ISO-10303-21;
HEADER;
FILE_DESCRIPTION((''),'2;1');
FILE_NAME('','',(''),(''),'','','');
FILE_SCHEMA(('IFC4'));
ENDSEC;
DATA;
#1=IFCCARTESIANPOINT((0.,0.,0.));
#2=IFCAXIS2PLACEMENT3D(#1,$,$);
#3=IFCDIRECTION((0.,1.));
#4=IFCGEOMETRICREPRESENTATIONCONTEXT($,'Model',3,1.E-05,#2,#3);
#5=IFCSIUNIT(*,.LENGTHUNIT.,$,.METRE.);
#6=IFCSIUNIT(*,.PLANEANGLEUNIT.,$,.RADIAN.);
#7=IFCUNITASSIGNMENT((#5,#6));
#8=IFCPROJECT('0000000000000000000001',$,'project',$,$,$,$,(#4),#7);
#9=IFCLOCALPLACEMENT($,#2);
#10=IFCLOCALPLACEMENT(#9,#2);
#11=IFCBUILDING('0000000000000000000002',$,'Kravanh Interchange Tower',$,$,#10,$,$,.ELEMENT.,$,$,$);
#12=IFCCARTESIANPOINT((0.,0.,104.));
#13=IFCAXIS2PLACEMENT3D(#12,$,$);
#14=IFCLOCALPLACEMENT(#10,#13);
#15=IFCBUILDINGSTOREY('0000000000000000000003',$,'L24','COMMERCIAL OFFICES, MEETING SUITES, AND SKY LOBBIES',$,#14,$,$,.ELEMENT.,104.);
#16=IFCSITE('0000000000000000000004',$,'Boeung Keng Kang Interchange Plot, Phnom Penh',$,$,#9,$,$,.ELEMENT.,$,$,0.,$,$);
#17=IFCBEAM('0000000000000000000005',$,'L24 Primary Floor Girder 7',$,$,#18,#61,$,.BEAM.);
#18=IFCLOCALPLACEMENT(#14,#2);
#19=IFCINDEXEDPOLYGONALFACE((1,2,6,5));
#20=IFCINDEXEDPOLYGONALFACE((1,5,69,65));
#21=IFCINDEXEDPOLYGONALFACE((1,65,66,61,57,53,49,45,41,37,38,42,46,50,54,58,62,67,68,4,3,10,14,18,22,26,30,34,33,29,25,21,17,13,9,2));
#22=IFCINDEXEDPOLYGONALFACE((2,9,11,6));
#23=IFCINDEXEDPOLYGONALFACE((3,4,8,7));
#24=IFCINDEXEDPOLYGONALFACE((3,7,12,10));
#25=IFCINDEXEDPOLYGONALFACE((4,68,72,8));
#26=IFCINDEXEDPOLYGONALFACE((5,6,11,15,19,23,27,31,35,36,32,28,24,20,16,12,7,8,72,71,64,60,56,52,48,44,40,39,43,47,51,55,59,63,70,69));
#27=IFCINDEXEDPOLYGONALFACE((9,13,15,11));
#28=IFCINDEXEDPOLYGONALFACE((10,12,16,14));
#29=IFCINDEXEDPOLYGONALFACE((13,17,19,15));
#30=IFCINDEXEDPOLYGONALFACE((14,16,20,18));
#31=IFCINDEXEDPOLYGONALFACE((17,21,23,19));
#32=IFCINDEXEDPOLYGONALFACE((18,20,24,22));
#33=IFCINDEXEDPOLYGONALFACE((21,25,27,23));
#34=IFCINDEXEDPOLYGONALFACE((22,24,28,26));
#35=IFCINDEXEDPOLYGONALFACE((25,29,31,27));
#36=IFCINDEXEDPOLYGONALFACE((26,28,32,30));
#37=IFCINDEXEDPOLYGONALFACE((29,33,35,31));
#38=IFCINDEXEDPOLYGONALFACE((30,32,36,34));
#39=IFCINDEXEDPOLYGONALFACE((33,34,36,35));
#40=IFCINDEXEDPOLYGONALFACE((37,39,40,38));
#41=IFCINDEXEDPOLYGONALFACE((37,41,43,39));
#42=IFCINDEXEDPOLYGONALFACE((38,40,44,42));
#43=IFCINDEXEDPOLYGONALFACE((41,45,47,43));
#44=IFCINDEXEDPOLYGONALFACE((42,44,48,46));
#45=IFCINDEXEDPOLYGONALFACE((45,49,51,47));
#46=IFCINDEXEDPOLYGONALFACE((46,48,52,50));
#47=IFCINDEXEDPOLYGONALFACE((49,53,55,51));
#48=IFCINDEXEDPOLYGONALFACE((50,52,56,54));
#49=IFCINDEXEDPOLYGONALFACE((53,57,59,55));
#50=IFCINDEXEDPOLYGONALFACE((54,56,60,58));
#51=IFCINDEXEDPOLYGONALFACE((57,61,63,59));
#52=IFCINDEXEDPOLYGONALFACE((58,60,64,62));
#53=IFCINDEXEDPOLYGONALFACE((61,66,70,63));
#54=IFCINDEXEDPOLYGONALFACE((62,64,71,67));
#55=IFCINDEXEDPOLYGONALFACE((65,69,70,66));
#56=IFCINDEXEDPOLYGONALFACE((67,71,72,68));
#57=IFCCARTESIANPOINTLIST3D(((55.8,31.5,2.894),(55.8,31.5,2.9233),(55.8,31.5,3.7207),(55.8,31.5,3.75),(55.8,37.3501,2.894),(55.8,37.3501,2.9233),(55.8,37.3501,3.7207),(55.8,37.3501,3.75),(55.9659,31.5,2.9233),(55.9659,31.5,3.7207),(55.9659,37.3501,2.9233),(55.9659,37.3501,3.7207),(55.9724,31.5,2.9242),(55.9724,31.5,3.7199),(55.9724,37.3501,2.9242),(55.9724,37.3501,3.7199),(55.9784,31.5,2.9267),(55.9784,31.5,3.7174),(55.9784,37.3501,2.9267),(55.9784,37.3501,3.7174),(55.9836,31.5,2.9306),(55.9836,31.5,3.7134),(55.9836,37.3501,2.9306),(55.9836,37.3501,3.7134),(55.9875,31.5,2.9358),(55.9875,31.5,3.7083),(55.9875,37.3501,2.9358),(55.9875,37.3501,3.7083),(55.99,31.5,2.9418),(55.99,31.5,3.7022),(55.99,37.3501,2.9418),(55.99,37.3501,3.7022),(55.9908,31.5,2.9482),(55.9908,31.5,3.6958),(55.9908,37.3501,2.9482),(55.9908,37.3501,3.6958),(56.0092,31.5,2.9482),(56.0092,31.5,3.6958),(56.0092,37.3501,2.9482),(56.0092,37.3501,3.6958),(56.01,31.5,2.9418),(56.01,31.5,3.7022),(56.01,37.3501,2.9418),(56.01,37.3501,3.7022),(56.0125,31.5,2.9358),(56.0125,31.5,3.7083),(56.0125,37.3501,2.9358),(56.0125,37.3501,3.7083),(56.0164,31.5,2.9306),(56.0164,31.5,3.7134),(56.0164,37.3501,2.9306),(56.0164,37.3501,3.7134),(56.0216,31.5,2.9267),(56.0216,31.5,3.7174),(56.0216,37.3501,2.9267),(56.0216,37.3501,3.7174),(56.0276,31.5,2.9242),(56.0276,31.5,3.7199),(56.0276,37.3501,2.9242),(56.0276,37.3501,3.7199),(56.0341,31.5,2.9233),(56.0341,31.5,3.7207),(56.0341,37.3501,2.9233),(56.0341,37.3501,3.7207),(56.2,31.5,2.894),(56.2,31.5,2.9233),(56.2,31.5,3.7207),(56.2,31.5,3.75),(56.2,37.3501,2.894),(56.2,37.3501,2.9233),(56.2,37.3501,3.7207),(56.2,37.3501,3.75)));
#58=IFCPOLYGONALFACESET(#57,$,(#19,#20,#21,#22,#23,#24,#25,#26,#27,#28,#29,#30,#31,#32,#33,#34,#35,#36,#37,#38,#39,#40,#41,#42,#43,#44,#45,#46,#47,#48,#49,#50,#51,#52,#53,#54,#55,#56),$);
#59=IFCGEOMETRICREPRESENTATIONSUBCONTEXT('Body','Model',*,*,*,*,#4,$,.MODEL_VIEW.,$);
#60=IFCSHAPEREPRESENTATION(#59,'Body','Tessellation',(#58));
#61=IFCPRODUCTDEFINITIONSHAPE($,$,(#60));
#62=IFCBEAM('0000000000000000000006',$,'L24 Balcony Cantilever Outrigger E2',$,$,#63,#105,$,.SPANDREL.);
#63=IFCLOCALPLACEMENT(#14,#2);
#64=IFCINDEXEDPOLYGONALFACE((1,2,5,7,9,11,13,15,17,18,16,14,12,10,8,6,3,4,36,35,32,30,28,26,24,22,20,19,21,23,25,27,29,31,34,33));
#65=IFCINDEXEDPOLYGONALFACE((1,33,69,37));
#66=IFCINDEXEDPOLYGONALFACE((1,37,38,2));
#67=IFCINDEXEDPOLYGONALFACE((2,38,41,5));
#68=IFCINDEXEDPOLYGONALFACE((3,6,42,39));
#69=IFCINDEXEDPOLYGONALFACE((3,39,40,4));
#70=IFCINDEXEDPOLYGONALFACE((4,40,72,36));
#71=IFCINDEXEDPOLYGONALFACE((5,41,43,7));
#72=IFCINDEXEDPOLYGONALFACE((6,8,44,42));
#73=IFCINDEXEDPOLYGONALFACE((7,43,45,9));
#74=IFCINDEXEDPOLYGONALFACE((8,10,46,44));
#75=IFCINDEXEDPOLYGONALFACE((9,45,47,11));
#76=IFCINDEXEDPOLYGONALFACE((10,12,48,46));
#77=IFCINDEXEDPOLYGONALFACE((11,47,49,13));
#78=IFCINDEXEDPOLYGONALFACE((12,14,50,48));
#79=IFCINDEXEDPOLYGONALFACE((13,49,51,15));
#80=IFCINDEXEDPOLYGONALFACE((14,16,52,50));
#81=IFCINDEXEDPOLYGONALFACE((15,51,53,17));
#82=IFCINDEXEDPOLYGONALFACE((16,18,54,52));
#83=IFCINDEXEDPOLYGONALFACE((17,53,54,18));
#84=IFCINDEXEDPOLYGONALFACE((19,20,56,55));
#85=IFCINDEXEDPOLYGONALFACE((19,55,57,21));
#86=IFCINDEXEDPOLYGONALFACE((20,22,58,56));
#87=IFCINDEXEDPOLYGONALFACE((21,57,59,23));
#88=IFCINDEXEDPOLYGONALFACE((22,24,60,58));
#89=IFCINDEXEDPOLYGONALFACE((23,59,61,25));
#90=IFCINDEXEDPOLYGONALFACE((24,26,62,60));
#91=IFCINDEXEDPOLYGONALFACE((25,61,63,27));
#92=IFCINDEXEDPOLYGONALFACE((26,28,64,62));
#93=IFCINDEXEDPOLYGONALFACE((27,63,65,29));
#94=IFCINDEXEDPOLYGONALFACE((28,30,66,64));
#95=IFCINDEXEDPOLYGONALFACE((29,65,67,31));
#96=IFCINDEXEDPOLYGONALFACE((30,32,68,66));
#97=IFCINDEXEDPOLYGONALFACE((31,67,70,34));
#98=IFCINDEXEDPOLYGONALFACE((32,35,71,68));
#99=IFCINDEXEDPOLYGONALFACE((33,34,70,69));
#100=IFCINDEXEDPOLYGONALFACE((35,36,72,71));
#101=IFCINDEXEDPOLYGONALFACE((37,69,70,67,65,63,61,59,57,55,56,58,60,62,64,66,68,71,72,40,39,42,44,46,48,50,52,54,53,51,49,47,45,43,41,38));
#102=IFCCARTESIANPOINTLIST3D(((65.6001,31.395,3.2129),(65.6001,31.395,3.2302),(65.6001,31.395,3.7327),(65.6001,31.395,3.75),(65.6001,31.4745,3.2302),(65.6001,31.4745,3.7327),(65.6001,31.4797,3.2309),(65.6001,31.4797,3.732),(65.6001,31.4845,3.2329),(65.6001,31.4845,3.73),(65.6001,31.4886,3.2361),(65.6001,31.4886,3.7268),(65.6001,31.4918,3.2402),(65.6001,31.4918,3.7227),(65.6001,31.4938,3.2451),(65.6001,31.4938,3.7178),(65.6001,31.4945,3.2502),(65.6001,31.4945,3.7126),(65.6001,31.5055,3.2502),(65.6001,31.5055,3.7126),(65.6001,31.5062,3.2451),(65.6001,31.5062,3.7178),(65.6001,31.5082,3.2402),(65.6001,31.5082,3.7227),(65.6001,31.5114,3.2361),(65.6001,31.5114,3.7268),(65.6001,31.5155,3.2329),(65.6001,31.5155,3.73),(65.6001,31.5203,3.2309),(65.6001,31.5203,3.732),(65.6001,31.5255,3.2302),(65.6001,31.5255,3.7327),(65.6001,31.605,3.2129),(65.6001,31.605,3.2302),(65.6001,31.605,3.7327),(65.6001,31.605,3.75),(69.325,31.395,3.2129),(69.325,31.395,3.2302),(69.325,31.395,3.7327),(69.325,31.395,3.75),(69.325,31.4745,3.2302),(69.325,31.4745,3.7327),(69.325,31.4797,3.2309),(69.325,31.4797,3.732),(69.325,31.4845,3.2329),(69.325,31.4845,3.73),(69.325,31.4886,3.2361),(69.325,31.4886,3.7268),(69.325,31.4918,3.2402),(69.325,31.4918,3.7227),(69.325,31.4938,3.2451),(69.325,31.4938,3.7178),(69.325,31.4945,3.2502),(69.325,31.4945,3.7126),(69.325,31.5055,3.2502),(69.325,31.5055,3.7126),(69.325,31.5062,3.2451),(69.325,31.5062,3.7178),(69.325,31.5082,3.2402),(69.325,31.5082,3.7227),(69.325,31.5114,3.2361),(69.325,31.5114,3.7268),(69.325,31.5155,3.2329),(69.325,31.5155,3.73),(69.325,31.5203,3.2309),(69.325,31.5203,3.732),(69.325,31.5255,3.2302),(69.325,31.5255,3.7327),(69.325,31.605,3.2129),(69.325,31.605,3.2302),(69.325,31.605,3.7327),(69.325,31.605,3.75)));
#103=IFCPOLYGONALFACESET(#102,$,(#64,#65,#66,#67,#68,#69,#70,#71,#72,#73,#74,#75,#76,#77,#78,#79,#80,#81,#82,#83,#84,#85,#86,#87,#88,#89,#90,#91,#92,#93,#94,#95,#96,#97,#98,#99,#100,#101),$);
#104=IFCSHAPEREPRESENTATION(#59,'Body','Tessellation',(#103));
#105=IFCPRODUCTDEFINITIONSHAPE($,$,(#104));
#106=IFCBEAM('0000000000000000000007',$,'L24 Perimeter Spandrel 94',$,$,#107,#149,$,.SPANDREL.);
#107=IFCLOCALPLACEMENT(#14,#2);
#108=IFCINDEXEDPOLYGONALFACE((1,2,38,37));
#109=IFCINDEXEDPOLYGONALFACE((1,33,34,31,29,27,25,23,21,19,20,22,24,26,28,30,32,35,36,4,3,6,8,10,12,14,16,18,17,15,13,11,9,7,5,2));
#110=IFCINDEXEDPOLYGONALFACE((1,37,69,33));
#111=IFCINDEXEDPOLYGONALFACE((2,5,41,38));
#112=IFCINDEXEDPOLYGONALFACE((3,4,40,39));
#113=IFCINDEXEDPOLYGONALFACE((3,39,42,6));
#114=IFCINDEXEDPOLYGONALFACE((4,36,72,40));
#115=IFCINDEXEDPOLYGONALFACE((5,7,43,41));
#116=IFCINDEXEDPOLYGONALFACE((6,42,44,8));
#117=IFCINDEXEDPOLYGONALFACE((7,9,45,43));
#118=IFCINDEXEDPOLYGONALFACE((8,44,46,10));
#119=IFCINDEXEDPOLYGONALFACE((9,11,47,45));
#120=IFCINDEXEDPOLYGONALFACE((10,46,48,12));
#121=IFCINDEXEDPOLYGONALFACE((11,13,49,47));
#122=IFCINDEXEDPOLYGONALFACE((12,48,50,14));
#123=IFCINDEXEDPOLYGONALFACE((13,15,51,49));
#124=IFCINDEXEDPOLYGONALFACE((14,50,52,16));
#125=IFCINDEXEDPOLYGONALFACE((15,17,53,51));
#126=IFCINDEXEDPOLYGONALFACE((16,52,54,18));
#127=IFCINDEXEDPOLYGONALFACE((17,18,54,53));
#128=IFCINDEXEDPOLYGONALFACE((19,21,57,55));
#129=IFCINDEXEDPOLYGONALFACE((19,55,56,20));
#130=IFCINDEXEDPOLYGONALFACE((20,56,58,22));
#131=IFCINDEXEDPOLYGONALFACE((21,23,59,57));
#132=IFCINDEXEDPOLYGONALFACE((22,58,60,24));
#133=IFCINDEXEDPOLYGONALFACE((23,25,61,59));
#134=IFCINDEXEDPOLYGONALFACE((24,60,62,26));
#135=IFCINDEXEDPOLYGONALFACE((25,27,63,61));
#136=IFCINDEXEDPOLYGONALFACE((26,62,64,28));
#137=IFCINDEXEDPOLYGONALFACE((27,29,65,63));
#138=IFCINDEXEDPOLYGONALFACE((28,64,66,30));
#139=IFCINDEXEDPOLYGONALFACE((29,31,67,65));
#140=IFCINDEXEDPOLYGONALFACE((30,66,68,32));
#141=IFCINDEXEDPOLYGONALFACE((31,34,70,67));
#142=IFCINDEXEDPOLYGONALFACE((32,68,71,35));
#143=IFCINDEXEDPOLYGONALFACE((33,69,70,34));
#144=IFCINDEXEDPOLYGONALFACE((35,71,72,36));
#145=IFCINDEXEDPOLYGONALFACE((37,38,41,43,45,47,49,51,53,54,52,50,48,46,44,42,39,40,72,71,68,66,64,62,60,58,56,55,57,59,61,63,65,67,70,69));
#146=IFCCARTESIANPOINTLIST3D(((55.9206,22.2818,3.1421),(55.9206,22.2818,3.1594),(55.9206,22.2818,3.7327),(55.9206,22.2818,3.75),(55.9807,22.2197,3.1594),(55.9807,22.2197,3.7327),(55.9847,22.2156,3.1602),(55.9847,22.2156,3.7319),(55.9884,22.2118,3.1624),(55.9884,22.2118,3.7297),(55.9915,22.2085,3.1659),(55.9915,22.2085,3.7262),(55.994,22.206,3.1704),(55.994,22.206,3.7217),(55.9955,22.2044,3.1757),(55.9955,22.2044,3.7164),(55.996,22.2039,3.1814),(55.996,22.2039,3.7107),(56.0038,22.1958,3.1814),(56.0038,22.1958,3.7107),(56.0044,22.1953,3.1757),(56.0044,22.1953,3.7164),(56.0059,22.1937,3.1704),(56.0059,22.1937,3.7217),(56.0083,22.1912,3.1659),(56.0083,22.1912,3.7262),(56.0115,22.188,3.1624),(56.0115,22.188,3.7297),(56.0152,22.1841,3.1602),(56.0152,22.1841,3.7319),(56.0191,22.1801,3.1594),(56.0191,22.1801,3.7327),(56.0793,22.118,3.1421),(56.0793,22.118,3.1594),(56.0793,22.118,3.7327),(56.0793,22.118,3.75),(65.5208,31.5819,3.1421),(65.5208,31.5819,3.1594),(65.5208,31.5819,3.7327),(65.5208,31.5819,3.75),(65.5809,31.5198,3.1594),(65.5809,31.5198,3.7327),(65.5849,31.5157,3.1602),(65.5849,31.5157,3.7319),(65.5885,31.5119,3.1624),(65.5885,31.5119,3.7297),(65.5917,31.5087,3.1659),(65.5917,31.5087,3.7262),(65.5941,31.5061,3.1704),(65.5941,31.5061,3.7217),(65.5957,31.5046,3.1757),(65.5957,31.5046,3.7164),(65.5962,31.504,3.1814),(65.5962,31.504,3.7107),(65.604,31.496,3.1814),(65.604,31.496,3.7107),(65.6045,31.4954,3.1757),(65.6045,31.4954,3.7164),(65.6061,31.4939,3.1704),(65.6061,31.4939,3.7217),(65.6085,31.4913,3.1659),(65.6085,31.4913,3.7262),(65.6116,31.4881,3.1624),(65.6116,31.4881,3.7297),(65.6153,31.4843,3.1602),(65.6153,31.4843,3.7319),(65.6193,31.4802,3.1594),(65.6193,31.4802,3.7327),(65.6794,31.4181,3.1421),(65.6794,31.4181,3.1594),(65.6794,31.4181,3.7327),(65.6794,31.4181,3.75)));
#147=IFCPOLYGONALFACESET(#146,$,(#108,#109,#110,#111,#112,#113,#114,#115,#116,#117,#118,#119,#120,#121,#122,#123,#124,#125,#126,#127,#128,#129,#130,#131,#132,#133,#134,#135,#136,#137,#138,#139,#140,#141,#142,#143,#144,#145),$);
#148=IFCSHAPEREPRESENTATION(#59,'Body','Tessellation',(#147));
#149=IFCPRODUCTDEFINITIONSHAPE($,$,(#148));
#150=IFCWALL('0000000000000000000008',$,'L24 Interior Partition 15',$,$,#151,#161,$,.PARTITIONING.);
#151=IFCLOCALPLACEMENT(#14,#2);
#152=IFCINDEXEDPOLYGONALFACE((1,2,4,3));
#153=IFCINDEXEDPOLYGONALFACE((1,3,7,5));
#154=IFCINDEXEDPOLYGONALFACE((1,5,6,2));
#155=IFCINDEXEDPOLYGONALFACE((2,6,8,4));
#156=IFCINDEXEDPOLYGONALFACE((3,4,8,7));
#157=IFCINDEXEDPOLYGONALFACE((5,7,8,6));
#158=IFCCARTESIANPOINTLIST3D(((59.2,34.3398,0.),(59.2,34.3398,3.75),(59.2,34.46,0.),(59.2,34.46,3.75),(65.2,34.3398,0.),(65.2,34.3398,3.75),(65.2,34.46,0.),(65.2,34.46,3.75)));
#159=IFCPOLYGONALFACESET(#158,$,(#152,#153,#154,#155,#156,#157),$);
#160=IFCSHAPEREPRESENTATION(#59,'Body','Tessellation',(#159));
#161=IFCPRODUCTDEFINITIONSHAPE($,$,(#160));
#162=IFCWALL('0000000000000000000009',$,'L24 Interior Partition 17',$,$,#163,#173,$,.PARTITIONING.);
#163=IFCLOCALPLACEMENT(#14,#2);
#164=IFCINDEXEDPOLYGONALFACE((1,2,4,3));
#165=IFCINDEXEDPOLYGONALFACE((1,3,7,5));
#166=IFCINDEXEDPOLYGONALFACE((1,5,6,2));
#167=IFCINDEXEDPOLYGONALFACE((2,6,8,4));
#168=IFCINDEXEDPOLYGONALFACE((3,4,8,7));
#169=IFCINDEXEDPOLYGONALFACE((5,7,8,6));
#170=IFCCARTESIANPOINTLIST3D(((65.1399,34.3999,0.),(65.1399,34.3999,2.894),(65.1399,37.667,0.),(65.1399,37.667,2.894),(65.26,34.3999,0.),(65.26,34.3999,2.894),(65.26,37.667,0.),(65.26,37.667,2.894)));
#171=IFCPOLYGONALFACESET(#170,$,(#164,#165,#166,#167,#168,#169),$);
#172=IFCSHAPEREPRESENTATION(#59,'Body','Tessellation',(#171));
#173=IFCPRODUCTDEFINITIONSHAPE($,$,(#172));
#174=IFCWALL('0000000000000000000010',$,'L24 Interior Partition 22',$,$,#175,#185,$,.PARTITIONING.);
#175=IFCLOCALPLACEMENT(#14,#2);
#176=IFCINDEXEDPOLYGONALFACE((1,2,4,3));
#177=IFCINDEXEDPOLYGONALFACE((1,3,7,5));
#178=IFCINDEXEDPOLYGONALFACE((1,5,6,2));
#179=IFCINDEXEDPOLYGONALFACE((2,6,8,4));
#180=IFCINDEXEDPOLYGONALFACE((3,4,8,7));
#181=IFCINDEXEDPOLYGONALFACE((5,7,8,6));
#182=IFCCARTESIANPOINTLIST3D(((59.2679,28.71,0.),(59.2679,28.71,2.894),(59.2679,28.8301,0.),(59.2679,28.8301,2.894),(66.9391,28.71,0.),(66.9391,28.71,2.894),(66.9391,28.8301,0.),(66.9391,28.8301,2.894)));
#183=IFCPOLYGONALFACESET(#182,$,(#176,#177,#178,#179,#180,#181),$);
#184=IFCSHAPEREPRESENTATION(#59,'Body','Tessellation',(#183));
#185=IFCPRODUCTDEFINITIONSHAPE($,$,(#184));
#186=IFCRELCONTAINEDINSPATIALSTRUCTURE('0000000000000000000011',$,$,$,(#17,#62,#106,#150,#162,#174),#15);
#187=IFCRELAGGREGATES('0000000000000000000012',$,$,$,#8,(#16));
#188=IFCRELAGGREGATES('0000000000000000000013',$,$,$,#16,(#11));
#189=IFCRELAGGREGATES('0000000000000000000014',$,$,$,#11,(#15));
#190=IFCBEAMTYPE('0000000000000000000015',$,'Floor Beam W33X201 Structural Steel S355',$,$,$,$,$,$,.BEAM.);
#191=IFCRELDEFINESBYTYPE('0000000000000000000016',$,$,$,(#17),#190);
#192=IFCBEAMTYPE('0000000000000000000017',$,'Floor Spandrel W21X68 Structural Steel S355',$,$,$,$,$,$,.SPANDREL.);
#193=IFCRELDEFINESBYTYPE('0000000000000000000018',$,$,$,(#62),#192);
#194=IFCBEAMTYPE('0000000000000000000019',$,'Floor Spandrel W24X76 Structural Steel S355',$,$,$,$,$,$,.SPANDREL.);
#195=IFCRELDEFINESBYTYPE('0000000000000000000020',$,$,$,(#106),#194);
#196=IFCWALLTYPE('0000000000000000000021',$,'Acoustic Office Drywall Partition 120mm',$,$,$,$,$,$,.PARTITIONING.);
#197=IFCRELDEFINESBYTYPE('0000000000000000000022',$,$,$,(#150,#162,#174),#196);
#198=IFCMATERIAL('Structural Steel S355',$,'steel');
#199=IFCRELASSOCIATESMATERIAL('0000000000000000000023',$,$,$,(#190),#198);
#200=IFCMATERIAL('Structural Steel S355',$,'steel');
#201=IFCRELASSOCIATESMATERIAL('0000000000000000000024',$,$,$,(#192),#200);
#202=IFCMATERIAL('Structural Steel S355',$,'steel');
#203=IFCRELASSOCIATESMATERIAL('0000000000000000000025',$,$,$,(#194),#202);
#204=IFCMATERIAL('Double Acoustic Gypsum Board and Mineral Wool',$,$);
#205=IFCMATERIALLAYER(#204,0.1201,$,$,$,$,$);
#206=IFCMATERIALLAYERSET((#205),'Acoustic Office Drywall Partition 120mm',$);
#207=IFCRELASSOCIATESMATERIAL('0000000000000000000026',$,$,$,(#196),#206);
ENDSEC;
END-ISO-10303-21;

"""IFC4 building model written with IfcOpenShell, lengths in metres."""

from ifc_helpers import new_model, si_unit, direction, frame, frame_2d, origin, origin_2d, place, context, subcontext, project, spatial, rectangle, i_section, extrude, material, layer, layer_set, material_profile, profile_set, type_object, element, save


model = new_model("IFC4")

# Units and contexts
model_context = context("Model", 3, precision=1e-05, world=origin(), true_north=direction((0.0, 1.0)))
body_context = subcontext(model_context, "Body", "Model", "MODEL_VIEW")
ifc_project = project(units=[si_unit("LENGTHUNIT", "METRE"), si_unit("PLANEANGLEUNIT", "RADIAN")], contexts=[model_context])

# Site, building, storey
site_placement = place(None, origin())
site = spatial("IfcSite", under=ifc_project, at=site_placement, Name="Boeung Keng Kang Interchange Plot, Phnom Penh", CompositionType="ELEMENT", RefElevation=0.0)
building_placement = place(site_placement, origin())
building = spatial("IfcBuilding", under=site, at=building_placement, Name="Kravanh Interchange Tower", CompositionType="ELEMENT")
storey_placement = place(building_placement, frame((0.0, 0.0, 104.0)))
storey = spatial("IfcBuildingStorey", under=building, at=storey_placement, Name="L24", Description="COMMERCIAL OFFICES, MEETING SUITES, AND SKY LOBBIES", CompositionType="ELEMENT", Elevation=104.0)

# Beams
ifc_material_1 = material(Name="Structural Steel S355", Category="steel")
ifc_material_profile_1 = material_profile(ifc_material_1, i_section(OverallWidth=0.3999, OverallDepth=0.856, WebThickness=0.0183, FlangeThickness=0.0293, FilletRadius=0.0249, at=origin_2d()), Name="W33X201")
ifc_profile_set_1 = profile_set([ifc_material_profile_1], Name="Structural Steel S355")
beam_type_1 = type_object("IfcBeamType", Name="Floor Beam W33X201 Structural Steel S355", PredefinedType="BEAM", material=ifc_profile_set_1)
beam_1_placement = place(storey_placement, frame((56.0, 37.3501, 3.322), z_axis=(0.0, -1.0, 0.0), x_axis=(1.0, 0.0, 0.0)))
element("IfcBeam", 1, at=beam_1_placement, inside=storey, type_object=beam_type_1, Name="L24 Primary Floor Girder 7", PredefinedType="BEAM", context=body_context, shape_type="SweptSolid", body=[
    extrude(i_section(OverallWidth=0.3999, OverallDepth=0.856, WebThickness=0.0183, FlangeThickness=0.0293, FilletRadius=0.0249, at=origin_2d()), origin(), (0.0, 0.0, 1.0), 5.8501),
])
ifc_material_2 = material(Name="Structural Steel S355", Category="steel")
ifc_material_profile_2 = material_profile(ifc_material_2, i_section(OverallWidth=0.21, OverallDepth=0.5371, WebThickness=0.011, FlangeThickness=0.0173, FilletRadius=0.02, at=origin_2d()), Name="W21X68")
ifc_profile_set_2 = profile_set([ifc_material_profile_2], Name="Structural Steel S355")
beam_type_2 = type_object("IfcBeamType", Name="Floor Spandrel W21X68 Structural Steel S355", PredefinedType="SPANDREL", material=ifc_profile_set_2)
beam_2_placement = place(storey_placement, frame((65.6001, 31.5, 3.4814), z_axis=(1.0, 0.0, 0.0), x_axis=(0.0, 1.0, 0.0)))
element("IfcBeam", 2, at=beam_2_placement, inside=storey, type_object=beam_type_2, Name="L24 Balcony Cantilever Outrigger E2", PredefinedType="SPANDREL", context=body_context, shape_type="SweptSolid", body=[
    extrude(i_section(OverallWidth=0.21, OverallDepth=0.5371, WebThickness=0.011, FlangeThickness=0.0173, FilletRadius=0.02, at=origin_2d()), origin(), (0.0, 0.0, 1.0), 3.7249),
])
ifc_material_3 = material(Name="Structural Steel S355", Category="steel")
ifc_material_profile_3 = material_profile(ifc_material_3, i_section(OverallWidth=0.228, OverallDepth=0.6079, WebThickness=0.0112, FlangeThickness=0.0173, FilletRadius=0.022, at=origin_2d()), Name="W24X76")
ifc_profile_set_3 = profile_set([ifc_material_profile_3], Name="Structural Steel S355")
beam_type_3 = type_object("IfcBeamType", Name="Floor Spandrel W24X76 Structural Steel S355", PredefinedType="SPANDREL", material=ifc_profile_set_3)
beam_3_placement = place(storey_placement, frame((65.6001, 31.5, 3.446), z_axis=(-0.718242, -0.695793, 0.0), x_axis=(0.695793, -0.718242, 0.0)))
element("IfcBeam", 3, at=beam_3_placement, inside=storey, type_object=beam_type_3, Name="L24 Perimeter Spandrel 94", PredefinedType="SPANDREL", context=body_context, shape_type="SweptSolid", body=[
    extrude(i_section(OverallWidth=0.228, OverallDepth=0.6079, WebThickness=0.0112, FlangeThickness=0.0173, FilletRadius=0.022, at=origin_2d()), origin(), (0.0, 0.0, 1.0), 13.3662),
])

# Walls
ifc_material_4 = material(Name="Double Acoustic Gypsum Board and Mineral Wool")
ifc_layer_1 = layer(ifc_material_4, 0.1201)
ifc_layer_set_1 = layer_set([ifc_layer_1], Name="Acoustic Office Drywall Partition 120mm")
wall_type_1 = type_object("IfcWallType", Name="Acoustic Office Drywall Partition 120mm", PredefinedType="PARTITIONING", material=ifc_layer_set_1)
wall_1_placement = place(storey_placement, frame((59.2, 34.3999, 0.0), z_axis=(0.0, 0.0, 1.0), x_axis=(1.0, 0.0, 0.0)))
element("IfcWall", 4, at=wall_1_placement, inside=storey, type_object=wall_type_1, Name="L24 Interior Partition 15", PredefinedType="PARTITIONING", context=body_context, shape_type="SweptSolid", body=[
    extrude(rectangle(XDim=6.0, YDim=0.1201, at=frame_2d((3.0, 0.0))), origin(), (0.0, 0.0, 1.0), 3.75),
])
wall_2_placement = place(storey_placement, frame((65.2, 34.3999, 0.0), z_axis=(0.0, 0.0, 1.0), x_axis=(0.0, 1.0, 0.0)))
element("IfcWall", 5, at=wall_2_placement, inside=storey, type_object=wall_type_1, Name="L24 Interior Partition 17", PredefinedType="PARTITIONING", context=body_context, shape_type="SweptSolid", body=[
    extrude(rectangle(XDim=3.2671, YDim=0.1201, at=frame_2d((1.6335, 0.0))), origin(), (0.0, 0.0, 1.0), 2.894),
])
wall_3_placement = place(storey_placement, frame((59.2681, 28.77, 0.0), z_axis=(0.0, 0.0, 1.0), x_axis=(1.0, 0.0, 0.0)))
element("IfcWall", 6, at=wall_3_placement, inside=storey, type_object=wall_type_1, Name="L24 Interior Partition 22", PredefinedType="PARTITIONING", context=body_context, shape_type="SweptSolid", body=[
    extrude(rectangle(XDim=7.6711, YDim=0.1201, at=frame_2d((3.8354, 0.0))), origin(), (0.0, 0.0, 1.0), 2.894),
])

save(model, "model.ifc")
